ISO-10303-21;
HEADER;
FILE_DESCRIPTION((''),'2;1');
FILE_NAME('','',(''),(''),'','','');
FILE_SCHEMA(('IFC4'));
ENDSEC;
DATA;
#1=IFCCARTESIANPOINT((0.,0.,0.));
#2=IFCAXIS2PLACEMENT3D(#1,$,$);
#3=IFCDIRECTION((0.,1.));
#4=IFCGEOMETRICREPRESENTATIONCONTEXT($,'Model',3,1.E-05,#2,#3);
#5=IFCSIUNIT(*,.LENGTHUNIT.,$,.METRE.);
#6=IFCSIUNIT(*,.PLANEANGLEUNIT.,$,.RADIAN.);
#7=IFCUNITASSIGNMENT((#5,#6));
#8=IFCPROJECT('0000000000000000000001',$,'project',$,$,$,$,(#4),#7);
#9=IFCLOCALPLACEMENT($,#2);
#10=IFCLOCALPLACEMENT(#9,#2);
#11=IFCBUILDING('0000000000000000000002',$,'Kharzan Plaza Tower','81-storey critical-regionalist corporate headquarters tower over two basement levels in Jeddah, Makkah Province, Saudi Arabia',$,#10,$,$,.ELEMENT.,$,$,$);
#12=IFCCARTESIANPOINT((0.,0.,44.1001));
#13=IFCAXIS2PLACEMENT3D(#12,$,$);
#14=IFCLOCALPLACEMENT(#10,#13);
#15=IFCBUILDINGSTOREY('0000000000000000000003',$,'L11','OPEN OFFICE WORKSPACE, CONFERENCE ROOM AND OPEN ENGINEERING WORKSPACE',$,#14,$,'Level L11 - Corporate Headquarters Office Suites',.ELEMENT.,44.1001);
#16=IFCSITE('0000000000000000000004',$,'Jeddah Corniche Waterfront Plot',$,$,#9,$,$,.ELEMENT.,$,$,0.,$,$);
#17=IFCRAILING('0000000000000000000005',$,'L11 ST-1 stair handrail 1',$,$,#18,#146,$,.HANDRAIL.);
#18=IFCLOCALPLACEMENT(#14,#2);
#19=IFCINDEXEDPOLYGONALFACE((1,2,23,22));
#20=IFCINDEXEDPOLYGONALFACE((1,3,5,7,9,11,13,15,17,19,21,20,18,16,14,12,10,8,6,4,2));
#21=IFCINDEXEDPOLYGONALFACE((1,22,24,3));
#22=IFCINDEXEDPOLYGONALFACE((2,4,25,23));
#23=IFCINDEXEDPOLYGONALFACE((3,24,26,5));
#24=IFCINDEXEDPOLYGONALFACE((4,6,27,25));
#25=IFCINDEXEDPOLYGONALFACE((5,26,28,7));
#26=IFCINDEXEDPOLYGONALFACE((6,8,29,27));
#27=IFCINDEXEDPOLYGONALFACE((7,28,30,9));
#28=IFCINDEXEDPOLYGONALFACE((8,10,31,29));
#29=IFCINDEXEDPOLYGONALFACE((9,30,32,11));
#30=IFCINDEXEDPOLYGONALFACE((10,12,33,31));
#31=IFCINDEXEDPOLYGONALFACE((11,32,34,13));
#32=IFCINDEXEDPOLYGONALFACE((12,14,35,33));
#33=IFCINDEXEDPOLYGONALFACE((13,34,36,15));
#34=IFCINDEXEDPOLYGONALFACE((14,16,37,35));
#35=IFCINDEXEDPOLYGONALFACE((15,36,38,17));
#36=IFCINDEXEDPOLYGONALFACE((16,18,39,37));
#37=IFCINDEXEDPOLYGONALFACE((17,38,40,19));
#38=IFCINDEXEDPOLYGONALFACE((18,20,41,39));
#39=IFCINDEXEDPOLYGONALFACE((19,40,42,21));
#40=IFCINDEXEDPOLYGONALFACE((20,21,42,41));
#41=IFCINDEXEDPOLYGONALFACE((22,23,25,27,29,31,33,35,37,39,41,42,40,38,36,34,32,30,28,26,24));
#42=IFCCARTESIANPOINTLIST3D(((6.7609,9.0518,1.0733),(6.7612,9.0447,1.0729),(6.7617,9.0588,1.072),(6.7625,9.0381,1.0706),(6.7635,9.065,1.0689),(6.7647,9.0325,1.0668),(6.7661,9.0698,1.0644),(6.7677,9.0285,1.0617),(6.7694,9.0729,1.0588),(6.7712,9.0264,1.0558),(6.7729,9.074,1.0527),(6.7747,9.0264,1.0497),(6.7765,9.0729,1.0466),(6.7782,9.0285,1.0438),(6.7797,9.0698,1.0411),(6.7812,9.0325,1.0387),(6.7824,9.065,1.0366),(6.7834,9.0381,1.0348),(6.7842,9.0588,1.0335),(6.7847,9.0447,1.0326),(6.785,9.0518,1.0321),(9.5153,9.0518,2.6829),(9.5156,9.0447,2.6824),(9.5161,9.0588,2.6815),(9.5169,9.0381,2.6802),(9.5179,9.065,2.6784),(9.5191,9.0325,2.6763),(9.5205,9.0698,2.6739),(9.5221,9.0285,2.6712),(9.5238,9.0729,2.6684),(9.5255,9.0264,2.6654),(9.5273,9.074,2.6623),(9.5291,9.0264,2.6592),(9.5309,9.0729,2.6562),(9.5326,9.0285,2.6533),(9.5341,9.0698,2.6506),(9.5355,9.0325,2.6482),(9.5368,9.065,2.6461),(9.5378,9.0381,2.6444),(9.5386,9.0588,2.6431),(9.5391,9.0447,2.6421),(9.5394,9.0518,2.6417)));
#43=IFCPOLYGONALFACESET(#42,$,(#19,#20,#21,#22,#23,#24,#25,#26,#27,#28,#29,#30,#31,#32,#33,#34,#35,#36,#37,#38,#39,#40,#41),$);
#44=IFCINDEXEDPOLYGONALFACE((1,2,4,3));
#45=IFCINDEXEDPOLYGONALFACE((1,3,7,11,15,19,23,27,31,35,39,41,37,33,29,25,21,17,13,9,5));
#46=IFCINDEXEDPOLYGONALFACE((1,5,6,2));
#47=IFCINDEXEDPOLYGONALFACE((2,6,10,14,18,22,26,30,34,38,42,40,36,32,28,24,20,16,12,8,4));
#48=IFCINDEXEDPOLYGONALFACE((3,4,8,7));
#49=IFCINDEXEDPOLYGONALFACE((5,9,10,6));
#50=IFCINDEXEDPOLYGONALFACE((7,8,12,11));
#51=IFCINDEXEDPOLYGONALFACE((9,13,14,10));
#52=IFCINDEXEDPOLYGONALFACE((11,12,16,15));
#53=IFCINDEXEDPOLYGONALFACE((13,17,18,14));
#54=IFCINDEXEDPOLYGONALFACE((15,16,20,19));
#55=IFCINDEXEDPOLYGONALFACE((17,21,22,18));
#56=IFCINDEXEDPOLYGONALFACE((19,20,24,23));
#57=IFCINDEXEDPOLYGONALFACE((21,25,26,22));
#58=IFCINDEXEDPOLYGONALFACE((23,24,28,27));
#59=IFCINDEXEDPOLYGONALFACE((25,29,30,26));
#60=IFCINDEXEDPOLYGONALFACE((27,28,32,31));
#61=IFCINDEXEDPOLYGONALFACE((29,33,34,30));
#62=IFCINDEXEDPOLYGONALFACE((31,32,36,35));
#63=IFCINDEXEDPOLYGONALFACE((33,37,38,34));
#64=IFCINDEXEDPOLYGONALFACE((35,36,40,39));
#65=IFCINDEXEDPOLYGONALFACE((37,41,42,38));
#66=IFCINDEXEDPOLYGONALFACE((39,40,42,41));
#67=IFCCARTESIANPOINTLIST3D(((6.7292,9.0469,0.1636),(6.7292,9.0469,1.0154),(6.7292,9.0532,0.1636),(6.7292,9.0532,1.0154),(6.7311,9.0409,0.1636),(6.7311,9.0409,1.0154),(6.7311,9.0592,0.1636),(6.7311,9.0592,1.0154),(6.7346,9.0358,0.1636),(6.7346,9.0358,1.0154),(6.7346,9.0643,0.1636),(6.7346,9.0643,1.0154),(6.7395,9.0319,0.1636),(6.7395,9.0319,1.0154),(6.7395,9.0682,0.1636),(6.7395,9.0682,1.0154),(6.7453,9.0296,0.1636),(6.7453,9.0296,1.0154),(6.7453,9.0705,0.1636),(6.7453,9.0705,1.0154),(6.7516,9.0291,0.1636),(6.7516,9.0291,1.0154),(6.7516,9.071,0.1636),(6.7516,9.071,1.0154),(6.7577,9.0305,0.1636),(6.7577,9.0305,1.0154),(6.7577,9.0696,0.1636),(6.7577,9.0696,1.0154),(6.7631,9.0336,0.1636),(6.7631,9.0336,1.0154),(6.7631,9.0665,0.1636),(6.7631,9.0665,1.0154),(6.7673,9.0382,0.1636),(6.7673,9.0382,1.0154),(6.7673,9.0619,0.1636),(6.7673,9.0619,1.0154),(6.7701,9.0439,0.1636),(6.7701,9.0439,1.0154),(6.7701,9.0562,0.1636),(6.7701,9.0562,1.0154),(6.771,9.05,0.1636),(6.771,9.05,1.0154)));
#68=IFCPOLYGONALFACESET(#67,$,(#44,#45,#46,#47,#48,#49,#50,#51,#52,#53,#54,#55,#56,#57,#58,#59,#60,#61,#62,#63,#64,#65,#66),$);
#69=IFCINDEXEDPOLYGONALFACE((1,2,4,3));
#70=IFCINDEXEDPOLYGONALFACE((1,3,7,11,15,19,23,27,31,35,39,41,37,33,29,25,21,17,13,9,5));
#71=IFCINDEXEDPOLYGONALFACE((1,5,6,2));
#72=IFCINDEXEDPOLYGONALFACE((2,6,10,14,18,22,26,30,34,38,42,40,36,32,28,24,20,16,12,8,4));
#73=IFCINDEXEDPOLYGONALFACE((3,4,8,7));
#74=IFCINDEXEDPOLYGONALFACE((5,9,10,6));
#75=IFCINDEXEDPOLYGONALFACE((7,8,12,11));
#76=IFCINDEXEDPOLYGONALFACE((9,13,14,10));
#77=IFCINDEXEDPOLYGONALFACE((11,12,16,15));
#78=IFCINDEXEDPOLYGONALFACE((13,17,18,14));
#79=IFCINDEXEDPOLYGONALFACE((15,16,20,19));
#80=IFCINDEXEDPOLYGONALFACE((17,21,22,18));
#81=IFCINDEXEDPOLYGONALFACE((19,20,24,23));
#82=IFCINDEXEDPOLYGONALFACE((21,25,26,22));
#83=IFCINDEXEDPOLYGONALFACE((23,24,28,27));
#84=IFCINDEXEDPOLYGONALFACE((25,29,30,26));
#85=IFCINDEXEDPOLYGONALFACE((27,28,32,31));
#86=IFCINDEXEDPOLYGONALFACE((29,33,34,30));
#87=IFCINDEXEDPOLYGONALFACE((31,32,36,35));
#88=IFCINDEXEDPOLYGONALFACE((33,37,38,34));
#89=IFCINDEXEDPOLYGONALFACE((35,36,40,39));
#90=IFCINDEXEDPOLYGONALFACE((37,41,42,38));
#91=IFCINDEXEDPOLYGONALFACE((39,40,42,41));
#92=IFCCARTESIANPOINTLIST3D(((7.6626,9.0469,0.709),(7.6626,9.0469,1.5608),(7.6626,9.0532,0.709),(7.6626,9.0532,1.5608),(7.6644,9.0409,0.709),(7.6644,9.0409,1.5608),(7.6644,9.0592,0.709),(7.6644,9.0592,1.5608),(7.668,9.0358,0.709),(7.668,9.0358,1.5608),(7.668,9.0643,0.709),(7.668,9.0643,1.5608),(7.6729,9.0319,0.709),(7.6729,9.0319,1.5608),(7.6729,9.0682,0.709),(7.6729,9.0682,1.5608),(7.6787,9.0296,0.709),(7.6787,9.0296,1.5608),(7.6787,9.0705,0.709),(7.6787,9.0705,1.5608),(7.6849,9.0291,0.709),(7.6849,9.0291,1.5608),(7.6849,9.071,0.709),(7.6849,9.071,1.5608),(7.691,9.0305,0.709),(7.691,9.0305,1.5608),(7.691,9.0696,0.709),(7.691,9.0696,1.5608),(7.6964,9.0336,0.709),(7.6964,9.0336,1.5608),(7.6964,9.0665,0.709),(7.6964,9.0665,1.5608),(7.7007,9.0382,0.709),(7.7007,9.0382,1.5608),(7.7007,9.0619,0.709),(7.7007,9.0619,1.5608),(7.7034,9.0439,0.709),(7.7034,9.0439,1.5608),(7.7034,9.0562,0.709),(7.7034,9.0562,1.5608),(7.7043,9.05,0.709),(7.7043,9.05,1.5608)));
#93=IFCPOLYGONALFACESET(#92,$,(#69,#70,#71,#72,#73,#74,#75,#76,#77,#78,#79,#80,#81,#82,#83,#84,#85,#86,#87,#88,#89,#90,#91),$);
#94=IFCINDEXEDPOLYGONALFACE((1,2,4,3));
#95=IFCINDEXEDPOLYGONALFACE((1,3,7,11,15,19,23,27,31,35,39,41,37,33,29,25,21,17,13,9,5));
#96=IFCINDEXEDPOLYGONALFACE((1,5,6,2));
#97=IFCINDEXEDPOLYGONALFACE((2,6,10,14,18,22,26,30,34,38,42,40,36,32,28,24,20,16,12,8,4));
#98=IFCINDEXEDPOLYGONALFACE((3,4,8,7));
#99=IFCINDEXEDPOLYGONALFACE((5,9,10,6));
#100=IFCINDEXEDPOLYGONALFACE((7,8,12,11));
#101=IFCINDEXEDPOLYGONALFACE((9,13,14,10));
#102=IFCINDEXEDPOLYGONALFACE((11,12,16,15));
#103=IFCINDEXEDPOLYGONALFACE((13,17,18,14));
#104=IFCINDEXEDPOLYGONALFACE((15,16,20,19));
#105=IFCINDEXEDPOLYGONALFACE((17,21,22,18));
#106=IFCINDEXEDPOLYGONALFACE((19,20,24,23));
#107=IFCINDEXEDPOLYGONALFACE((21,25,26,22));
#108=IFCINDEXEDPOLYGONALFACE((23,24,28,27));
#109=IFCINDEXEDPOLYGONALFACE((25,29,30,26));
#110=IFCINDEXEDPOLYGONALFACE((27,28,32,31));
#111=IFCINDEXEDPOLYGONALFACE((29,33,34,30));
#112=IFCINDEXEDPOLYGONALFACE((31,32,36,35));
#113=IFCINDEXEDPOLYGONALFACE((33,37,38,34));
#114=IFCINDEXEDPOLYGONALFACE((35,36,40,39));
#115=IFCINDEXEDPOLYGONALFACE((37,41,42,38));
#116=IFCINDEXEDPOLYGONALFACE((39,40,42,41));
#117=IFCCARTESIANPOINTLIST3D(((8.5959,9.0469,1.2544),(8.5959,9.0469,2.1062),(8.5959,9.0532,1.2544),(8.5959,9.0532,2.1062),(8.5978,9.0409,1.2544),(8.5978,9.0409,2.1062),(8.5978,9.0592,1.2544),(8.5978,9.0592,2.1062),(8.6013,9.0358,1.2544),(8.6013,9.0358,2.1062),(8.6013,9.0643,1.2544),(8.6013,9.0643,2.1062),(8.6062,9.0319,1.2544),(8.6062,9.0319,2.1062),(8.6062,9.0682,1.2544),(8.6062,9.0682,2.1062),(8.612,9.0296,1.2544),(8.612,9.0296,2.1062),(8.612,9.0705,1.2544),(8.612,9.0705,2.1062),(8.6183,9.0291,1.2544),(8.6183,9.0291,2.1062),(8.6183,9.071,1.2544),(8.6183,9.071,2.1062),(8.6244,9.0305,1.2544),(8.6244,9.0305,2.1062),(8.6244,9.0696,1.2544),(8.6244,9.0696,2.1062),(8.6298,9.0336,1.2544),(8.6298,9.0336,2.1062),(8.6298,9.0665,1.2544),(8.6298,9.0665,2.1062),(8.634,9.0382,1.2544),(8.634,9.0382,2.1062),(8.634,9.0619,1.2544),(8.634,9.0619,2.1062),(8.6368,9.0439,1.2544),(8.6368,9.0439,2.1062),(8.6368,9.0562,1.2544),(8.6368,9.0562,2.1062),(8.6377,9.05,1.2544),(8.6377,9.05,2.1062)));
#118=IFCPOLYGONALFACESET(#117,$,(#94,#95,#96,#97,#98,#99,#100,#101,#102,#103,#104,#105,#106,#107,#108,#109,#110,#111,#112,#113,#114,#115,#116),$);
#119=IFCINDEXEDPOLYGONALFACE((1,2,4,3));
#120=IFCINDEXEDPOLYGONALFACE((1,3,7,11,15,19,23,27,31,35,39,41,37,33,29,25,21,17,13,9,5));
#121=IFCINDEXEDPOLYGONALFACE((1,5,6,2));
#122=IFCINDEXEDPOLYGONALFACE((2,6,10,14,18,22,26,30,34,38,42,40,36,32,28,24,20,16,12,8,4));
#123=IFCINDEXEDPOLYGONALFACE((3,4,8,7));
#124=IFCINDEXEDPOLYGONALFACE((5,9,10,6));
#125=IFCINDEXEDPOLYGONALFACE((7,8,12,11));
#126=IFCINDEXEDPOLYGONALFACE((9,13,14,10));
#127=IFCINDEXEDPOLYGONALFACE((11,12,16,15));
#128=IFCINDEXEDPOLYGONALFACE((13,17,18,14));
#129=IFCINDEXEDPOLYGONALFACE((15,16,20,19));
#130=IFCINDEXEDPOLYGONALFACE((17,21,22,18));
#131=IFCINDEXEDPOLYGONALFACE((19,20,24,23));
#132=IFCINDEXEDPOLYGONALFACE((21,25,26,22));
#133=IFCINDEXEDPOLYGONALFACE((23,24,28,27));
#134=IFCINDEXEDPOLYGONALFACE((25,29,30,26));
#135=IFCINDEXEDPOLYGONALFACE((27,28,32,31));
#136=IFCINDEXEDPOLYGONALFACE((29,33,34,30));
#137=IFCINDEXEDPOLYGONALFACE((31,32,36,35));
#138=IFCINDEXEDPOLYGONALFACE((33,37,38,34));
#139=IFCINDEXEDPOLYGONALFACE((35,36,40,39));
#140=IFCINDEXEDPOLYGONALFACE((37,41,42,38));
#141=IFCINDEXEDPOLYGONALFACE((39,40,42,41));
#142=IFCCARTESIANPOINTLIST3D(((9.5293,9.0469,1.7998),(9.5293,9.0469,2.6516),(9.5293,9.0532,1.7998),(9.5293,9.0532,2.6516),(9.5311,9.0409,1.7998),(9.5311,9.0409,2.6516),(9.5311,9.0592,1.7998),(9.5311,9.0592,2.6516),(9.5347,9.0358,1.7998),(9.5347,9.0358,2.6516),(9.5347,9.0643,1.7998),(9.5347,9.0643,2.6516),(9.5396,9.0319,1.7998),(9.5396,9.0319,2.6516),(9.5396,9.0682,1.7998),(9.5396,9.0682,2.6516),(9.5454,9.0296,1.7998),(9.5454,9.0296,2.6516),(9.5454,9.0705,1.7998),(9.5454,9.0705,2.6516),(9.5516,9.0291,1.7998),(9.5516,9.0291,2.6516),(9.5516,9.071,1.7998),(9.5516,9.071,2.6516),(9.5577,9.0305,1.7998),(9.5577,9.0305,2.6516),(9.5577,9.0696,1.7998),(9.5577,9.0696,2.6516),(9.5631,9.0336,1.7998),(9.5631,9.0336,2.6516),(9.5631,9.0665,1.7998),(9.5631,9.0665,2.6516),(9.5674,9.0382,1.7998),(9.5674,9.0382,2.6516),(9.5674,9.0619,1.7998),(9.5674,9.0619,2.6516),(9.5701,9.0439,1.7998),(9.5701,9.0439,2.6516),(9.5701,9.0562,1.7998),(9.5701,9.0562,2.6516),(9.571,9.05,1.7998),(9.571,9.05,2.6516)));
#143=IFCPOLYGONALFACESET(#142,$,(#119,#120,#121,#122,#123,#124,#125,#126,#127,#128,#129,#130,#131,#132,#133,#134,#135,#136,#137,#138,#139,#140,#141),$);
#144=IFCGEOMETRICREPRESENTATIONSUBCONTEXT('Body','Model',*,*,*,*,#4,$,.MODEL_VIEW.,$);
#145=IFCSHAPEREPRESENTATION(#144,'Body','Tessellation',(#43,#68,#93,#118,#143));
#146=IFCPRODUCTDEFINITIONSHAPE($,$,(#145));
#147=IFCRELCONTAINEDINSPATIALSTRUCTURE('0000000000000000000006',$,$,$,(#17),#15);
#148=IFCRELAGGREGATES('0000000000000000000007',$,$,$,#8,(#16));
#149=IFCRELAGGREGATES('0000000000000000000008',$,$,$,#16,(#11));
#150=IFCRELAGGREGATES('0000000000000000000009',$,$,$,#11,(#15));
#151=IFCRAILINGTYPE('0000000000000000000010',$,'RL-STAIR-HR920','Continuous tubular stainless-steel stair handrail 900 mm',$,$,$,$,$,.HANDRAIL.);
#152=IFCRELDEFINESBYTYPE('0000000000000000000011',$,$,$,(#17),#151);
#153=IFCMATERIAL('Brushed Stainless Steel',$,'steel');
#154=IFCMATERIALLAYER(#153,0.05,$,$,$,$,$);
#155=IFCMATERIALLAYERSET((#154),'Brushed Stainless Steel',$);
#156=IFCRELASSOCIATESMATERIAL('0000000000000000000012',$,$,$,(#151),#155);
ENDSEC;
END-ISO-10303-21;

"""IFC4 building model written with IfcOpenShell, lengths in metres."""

from ifc_helpers import new_model, si_unit, direction, frame, origin, origin_2d, place, context, subcontext, project, spatial, circle, extrude, source, transform, mapped, material, layer, layer_set, type_object, element, save


model = new_model("IFC4")

# Units and contexts
model_context = context("Model", 3, precision=1e-05, world=origin(), true_north=direction((0.0, 1.0)))
body_context = subcontext(model_context, "Body", "Model", "MODEL_VIEW")
ifc_project = project(units=[si_unit("LENGTHUNIT", "METRE"), si_unit("PLANEANGLEUNIT", "RADIAN")], contexts=[model_context])

# Site, building, storey
site_placement = place(None, origin())
site = spatial("IfcSite", under=ifc_project, at=site_placement, Name="Jeddah Corniche Waterfront Plot", CompositionType="ELEMENT", RefElevation=0.0)
building_placement = place(site_placement, origin())
building = spatial("IfcBuilding", under=site, at=building_placement, Name="Kharzan Plaza Tower", Description="81-storey critical-regionalist corporate headquarters tower over two basement levels in Jeddah, Makkah Province, Saudi Arabia", CompositionType="ELEMENT")
storey_placement = place(building_placement, frame((0.0, 0.0, 44.1001)))
storey = spatial("IfcBuildingStorey", under=building, at=storey_placement, Name="L11", Description="OPEN OFFICE WORKSPACE, CONFERENCE ROOM AND OPEN ENGINEERING WORKSPACE", LongName="Level L11 - Corporate Headquarters Office Suites", CompositionType="ELEMENT", Elevation=44.1001)

# Railing
ifc_material_1 = material(Name="Brushed Stainless Steel", Category="steel")
ifc_layer_1 = layer(ifc_material_1, 0.05)
ifc_layer_set_1 = layer_set([ifc_layer_1], Name="Brushed Stainless Steel")
railing_type_1 = type_object("IfcRailingType", Name="RL-STAIR-HR920", Description="Continuous tubular stainless-steel stair handrail 900 mm", PredefinedType="HANDRAIL", material=ifc_layer_set_1)
shared_shape_1 = source(origin(), body_context, "Body", "SweptSolid", [
    extrude(circle(Radius=0.0239, at=origin_2d()), frame((0.0229, 0.0, 0.8892), z_axis=(0.863394, 0.0, 0.504531), x_axis=(0.0, 1.0, 0.0)), (0.0, 0.0, 1.0), 3.1902),
    extrude(circle(Radius=0.021, at=origin_2d()), origin(), (0.0, 0.0, 1.0), 0.8518),
    extrude(circle(Radius=0.021, at=origin_2d()), frame((0.9333, 0.0, 0.5454)), (0.0, 0.0, 1.0), 0.8518),
    extrude(circle(Radius=0.021, at=origin_2d()), frame((1.8667, 0.0, 1.0908)), (0.0, 0.0, 1.0), 0.8518),
    extrude(circle(Radius=0.021, at=origin_2d()), frame((2.8, 0.0, 1.6362)), (0.0, 0.0, 1.0), 0.8518),
])
railing_1_placement = place(storey_placement, frame((6.75, 9.05, 0.1636)))
element("IfcRailing", 1, at=railing_1_placement, inside=storey, type_object=railing_type_1, Name="L11 ST-1 stair handrail 1", PredefinedType="HANDRAIL", context=body_context, shape_type="MappedRepresentation", body=[
    mapped(shared_shape_1, transform((0.0, 0.0, 0.0), x_axis=(1.0, 0.0, 0.0), y_axis=(0.0, 1.0, 0.0), z_axis=(0.0, 0.0, 1.0))),
])

save(model, "model.ifc")
